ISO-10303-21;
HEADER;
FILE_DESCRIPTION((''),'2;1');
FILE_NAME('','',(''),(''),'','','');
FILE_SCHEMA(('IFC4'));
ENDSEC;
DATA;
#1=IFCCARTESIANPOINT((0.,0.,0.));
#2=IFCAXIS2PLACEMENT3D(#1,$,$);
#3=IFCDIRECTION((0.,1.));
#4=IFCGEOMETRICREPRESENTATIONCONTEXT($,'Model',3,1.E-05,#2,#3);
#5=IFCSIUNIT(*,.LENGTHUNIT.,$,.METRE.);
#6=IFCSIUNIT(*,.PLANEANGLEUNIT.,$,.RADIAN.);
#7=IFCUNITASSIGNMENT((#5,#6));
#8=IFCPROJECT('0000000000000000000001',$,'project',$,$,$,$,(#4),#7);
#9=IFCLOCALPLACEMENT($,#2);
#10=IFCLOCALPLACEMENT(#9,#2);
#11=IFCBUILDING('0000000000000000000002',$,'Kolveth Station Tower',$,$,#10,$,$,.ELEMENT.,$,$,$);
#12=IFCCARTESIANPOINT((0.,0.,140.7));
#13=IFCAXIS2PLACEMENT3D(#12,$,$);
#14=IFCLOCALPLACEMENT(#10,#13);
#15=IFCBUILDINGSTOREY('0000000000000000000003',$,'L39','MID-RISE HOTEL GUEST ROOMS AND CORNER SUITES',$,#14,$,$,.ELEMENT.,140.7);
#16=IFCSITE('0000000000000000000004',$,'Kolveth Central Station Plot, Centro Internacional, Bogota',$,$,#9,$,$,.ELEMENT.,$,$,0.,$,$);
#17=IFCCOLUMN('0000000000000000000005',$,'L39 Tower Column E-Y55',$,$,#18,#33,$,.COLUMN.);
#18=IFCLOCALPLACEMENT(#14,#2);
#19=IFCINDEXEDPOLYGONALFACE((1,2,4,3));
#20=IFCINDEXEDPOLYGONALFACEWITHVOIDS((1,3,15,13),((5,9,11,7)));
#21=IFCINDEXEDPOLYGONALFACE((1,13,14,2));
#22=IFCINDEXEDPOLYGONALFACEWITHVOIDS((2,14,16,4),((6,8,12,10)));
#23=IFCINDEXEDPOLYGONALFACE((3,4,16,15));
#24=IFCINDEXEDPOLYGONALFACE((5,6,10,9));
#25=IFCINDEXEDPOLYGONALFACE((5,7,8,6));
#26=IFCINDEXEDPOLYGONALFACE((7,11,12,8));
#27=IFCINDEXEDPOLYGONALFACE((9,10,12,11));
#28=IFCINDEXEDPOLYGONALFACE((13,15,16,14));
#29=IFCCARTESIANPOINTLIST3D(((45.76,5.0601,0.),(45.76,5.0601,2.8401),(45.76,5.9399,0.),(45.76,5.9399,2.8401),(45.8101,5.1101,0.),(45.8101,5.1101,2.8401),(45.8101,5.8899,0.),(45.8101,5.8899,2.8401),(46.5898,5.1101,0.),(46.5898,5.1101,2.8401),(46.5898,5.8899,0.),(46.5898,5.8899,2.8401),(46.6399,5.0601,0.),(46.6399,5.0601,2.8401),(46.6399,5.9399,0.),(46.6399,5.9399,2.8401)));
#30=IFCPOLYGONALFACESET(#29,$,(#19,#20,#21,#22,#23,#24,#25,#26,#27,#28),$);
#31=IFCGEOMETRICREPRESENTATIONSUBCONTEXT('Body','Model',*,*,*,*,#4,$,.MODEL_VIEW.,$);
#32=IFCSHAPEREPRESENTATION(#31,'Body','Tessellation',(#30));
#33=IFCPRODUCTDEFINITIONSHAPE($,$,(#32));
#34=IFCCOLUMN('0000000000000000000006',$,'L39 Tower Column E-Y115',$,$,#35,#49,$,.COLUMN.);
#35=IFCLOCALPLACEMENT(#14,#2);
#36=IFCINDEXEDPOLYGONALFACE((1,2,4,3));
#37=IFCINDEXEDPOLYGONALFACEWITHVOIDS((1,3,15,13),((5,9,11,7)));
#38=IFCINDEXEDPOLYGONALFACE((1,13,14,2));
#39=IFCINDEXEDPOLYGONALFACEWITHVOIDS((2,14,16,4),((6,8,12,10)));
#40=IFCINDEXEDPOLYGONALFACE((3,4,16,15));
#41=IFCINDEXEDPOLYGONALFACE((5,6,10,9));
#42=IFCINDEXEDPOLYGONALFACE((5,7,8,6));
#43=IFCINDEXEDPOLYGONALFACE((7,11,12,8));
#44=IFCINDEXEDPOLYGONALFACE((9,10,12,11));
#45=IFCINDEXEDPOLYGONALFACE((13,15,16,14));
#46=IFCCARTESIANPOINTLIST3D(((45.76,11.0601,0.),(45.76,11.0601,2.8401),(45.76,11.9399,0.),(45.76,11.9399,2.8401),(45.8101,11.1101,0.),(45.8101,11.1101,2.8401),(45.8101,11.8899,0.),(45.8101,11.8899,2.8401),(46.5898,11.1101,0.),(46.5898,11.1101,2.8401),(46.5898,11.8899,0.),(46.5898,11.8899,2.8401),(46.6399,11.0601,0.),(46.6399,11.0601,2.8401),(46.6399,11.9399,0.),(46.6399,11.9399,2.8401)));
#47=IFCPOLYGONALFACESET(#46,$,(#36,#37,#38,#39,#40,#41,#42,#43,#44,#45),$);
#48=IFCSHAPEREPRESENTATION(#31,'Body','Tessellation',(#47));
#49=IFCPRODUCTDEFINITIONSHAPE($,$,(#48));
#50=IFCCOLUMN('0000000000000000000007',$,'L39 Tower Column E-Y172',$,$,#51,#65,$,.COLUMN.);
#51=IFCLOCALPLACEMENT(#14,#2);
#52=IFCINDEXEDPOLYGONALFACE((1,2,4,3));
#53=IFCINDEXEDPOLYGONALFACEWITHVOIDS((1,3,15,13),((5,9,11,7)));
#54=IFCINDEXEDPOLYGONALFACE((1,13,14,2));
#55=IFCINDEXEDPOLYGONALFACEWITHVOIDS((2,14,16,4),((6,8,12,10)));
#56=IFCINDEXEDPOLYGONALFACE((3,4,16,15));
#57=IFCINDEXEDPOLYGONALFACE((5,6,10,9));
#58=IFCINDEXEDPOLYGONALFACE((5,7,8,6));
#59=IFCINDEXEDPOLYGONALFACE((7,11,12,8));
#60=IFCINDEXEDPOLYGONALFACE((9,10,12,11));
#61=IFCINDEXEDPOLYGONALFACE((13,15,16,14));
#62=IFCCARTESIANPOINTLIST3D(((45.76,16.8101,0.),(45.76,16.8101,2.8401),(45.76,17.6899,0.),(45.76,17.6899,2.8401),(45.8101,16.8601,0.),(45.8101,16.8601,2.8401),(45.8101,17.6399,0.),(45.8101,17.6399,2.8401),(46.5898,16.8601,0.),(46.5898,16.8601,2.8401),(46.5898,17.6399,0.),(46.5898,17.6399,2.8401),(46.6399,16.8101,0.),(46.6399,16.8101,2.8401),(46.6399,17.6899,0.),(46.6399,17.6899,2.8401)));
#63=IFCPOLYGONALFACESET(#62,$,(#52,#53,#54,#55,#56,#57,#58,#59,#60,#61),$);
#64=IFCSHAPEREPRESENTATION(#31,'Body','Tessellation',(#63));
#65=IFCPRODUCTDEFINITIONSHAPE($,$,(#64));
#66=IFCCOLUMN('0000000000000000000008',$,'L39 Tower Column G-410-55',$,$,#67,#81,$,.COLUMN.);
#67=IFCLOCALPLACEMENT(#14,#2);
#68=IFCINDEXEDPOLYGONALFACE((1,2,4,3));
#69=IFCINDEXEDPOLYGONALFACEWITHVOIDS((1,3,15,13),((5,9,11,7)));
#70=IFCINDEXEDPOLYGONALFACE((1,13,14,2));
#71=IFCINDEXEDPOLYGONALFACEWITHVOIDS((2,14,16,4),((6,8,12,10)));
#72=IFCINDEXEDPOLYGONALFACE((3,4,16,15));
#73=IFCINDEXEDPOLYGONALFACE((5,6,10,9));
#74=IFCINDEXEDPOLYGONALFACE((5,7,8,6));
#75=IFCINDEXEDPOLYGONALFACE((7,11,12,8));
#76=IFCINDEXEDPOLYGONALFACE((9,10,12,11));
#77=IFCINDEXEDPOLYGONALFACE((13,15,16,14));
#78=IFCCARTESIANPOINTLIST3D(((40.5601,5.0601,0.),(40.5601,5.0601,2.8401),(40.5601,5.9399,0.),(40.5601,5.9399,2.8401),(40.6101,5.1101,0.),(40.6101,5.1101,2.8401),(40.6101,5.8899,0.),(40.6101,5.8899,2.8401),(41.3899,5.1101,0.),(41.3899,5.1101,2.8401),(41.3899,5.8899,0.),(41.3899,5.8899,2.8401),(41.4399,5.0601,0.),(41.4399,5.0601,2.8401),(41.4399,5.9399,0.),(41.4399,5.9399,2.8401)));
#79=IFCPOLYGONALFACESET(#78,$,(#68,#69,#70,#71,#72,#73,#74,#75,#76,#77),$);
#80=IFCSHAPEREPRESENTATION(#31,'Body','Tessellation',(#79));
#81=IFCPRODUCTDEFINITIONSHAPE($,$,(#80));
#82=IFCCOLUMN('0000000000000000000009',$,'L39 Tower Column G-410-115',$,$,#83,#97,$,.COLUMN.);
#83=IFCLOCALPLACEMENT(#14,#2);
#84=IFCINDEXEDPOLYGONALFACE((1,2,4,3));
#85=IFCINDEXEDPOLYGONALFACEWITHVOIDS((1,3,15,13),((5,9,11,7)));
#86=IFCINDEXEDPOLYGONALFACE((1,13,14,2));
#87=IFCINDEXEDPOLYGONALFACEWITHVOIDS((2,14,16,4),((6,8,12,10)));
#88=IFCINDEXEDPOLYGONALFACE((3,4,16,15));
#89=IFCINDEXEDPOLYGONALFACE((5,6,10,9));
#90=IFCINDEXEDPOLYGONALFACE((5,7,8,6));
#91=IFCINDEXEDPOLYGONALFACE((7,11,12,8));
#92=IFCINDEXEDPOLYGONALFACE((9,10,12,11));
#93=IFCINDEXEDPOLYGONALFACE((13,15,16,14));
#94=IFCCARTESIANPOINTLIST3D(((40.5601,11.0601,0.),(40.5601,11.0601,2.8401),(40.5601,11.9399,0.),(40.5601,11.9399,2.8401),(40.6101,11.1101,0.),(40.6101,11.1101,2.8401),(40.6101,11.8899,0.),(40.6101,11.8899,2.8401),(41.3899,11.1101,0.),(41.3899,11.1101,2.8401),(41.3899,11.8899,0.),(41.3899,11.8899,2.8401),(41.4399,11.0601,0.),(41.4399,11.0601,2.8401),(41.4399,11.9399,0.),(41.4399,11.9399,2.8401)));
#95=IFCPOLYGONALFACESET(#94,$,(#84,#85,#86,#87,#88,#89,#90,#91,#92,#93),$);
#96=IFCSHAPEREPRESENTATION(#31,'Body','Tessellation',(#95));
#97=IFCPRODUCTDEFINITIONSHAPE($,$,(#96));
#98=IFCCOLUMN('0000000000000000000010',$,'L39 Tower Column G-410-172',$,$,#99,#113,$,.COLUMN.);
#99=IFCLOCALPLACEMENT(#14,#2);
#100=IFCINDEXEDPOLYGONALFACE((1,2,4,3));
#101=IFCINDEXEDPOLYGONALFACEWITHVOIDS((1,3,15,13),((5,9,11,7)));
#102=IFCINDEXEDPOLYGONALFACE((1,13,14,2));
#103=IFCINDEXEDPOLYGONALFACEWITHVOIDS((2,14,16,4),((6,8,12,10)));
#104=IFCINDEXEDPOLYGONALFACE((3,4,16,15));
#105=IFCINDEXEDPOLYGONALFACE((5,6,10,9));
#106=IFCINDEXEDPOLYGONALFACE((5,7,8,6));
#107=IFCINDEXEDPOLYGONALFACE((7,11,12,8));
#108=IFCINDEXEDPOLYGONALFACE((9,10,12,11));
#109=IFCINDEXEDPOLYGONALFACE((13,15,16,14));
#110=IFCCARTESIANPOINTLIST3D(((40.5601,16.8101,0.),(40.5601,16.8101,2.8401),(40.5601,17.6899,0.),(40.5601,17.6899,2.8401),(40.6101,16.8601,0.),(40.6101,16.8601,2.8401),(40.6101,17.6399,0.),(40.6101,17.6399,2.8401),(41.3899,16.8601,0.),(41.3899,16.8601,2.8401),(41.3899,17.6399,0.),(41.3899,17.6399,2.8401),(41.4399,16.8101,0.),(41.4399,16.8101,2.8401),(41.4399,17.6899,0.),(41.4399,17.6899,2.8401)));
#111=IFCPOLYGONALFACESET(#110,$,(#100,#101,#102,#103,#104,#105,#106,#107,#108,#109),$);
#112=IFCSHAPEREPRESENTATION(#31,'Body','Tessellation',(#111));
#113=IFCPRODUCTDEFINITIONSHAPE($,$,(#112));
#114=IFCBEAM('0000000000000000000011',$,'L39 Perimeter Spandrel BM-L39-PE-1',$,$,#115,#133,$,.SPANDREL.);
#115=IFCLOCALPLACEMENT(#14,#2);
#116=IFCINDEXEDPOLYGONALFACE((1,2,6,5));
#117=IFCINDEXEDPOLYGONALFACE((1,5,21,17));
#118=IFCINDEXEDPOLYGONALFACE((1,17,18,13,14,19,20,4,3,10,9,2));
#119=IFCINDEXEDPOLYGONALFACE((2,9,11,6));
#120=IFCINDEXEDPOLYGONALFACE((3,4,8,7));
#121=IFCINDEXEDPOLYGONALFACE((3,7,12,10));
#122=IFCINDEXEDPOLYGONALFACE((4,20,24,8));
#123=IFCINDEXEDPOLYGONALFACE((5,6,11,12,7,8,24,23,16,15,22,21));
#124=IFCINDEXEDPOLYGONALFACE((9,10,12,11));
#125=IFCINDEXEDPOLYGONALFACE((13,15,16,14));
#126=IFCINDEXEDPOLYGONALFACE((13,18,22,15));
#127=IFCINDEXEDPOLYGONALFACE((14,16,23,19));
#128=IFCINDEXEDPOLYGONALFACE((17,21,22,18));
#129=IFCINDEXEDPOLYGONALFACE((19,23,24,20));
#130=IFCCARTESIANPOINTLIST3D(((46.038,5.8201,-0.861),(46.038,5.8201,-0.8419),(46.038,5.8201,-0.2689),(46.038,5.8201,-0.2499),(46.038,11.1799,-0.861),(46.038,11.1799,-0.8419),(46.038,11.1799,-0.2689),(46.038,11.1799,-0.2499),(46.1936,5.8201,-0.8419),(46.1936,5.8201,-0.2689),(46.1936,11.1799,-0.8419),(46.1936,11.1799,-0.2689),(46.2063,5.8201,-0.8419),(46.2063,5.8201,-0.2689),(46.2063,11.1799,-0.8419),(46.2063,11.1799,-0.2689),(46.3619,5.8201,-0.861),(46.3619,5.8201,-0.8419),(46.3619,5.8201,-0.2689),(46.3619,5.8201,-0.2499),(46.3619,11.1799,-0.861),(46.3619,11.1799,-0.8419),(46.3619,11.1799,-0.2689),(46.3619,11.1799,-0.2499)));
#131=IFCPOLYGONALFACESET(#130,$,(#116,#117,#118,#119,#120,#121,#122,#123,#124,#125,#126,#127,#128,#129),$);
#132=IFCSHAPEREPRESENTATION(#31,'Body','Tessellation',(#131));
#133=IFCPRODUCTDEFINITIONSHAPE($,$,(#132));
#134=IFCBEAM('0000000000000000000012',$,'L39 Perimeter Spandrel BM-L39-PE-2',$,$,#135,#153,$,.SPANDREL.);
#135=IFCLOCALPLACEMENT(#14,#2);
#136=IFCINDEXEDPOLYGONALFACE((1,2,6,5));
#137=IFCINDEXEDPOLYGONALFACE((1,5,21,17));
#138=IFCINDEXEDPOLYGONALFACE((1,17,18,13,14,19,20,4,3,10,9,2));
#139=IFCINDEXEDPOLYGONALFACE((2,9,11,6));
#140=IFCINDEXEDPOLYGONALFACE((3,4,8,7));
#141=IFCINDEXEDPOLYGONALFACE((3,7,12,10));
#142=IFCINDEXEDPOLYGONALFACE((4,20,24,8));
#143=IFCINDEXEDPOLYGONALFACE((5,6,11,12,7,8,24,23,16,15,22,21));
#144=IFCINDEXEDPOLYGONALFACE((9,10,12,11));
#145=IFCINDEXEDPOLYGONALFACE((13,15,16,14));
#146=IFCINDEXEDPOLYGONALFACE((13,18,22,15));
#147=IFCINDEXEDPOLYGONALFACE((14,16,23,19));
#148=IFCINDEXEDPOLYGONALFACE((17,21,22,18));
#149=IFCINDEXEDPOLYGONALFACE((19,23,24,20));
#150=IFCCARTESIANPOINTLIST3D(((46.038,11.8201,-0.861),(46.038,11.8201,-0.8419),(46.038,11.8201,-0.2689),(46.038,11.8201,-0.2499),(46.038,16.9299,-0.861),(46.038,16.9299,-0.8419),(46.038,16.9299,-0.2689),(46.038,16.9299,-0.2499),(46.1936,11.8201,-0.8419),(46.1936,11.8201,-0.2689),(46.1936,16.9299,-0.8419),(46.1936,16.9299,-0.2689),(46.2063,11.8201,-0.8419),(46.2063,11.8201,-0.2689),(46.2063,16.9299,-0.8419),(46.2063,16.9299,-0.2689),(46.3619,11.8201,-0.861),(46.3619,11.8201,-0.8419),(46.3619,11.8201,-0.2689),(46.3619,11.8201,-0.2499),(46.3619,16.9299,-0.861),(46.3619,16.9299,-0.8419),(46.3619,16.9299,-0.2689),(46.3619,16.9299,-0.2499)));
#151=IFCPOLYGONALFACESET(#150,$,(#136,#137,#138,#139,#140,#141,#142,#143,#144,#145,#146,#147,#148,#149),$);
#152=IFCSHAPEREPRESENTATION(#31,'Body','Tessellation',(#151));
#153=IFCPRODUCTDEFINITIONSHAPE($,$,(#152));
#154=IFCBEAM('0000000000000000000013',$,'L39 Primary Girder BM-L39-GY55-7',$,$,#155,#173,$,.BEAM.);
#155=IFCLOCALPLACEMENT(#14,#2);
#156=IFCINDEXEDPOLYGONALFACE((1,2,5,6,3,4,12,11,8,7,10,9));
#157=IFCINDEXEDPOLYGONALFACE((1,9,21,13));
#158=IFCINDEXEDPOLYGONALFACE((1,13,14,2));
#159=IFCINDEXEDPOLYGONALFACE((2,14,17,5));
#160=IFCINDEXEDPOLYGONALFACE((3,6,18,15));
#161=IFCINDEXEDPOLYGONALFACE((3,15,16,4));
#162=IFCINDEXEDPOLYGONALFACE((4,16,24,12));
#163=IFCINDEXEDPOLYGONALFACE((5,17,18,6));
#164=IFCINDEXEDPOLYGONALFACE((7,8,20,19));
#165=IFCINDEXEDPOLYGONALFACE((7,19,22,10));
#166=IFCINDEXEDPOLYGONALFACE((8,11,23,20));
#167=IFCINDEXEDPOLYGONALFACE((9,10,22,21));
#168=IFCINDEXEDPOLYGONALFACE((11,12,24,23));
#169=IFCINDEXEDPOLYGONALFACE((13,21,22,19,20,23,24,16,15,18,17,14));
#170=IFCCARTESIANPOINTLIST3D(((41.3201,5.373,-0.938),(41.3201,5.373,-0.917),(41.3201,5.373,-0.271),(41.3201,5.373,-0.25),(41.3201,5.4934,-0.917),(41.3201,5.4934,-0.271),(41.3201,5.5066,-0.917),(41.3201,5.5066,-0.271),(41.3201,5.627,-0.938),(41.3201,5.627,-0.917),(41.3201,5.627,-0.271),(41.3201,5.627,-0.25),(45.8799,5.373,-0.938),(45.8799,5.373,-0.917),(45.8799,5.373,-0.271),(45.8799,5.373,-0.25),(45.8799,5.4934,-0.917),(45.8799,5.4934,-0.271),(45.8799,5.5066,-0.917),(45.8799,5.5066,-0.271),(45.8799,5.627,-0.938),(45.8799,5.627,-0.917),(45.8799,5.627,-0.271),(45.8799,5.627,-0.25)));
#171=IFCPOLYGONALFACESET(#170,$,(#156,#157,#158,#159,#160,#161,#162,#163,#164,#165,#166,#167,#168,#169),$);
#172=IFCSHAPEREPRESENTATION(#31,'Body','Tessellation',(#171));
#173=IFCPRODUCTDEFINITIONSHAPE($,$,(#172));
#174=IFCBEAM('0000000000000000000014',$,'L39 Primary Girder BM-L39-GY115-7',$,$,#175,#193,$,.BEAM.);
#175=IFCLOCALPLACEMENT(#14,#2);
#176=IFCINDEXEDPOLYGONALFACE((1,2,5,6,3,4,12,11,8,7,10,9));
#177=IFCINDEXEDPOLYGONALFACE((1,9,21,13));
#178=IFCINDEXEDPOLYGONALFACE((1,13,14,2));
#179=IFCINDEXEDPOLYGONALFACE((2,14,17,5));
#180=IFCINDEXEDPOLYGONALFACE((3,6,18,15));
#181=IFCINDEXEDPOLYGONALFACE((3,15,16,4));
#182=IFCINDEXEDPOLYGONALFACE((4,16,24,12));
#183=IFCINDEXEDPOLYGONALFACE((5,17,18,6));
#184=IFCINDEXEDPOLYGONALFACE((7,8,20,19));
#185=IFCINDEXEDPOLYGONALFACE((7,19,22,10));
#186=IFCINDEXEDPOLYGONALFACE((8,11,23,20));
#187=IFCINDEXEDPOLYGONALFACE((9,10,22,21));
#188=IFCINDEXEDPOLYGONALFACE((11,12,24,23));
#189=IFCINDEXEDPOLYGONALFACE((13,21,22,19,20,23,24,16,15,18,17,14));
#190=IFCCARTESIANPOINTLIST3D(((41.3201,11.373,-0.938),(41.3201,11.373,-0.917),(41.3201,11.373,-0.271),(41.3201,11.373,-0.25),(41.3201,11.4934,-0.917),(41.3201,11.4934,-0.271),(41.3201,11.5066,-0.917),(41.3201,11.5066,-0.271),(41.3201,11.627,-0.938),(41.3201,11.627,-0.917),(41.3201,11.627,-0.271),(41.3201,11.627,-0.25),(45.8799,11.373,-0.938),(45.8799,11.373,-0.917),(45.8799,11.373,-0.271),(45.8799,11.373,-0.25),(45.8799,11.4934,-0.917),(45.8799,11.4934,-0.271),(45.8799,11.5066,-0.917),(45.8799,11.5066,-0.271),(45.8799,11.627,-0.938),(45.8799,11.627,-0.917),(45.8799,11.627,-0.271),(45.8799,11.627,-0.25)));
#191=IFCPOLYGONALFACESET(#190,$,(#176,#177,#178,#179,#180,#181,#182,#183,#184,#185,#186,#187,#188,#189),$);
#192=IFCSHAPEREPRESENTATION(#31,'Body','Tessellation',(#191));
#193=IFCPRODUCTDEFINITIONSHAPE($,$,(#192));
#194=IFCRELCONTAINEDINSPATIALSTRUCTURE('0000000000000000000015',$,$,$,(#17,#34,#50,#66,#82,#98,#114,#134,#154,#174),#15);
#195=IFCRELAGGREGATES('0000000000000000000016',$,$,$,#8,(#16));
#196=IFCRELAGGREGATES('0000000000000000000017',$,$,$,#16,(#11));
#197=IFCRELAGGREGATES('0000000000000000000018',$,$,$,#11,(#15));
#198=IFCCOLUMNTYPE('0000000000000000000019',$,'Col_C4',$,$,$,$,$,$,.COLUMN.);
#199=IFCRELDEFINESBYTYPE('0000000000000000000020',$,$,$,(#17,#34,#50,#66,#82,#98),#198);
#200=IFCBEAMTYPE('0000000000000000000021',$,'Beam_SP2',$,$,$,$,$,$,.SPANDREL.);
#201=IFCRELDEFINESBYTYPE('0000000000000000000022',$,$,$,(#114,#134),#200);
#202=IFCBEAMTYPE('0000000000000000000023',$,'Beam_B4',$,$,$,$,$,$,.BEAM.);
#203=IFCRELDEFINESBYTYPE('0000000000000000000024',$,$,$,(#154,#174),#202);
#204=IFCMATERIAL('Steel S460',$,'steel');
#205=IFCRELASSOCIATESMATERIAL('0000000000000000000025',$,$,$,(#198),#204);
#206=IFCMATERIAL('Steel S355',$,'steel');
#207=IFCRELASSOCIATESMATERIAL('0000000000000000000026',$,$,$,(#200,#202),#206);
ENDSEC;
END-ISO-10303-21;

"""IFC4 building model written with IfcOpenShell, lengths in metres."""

from ifc_helpers import new_model, si_unit, direction, frame, origin, origin_2d, place, context, subcontext, project, spatial, hollow_rectangle, i_section, extrude, source, transform, mapped, material, material_profile, profile_set, type_object, element, save


model = new_model("IFC4")

# Units and contexts
model_context = context("Model", 3, precision=1e-05, world=origin(), true_north=direction((0.0, 1.0)))
body_context = subcontext(model_context, "Body", "Model", "MODEL_VIEW")
ifc_project = project(units=[si_unit("LENGTHUNIT", "METRE"), si_unit("PLANEANGLEUNIT", "RADIAN")], contexts=[model_context])

# Site, building, storey
site_placement = place(None, origin())
site = spatial("IfcSite", under=ifc_project, at=site_placement, Name="Kolveth Central Station Plot, Centro Internacional, Bogota", CompositionType="ELEMENT", RefElevation=0.0)
building_placement = place(site_placement, origin())
building = spatial("IfcBuilding", under=site, at=building_placement, Name="Kolveth Station Tower", CompositionType="ELEMENT")
storey_placement = place(building_placement, frame((0.0, 0.0, 140.7)))
storey = spatial("IfcBuildingStorey", under=building, at=storey_placement, Name="L39", Description="MID-RISE HOTEL GUEST ROOMS AND CORNER SUITES", CompositionType="ELEMENT", Elevation=140.7)

# Columns
ifc_material_1 = material(Name="Steel S460", Category="steel")
ifc_material_profile_1 = material_profile(ifc_material_1, hollow_rectangle(XDim=0.8799, YDim=0.8799, WallThickness=0.05, at=origin_2d()), Name="BOX880x880x50")
ifc_profile_set_1 = profile_set([ifc_material_profile_1], Name="Steel S460")
column_type = type_object("IfcColumnType", Name="Col_C4", PredefinedType="COLUMN", material=ifc_profile_set_1)
shared_shape_1 = source(origin(), body_context, "Body", "SweptSolid", [
    extrude(hollow_rectangle(XDim=0.8799, YDim=0.8799, WallThickness=0.05, at=origin_2d()), origin(), (0.0, 0.0, 1.0), 2.8401),
])
for number, where, z_axis, x_axis, name in (
    (1, (46.2, 5.5, 0.0), (0.0, 0.0, 1.0), (1.0, 0.0, 0.0), "L39 Tower Column E-Y55"),
    (2, (46.2, 11.5, 0.0), (0.0, 0.0, 1.0), (1.0, 0.0, 0.0), "L39 Tower Column E-Y115"),
    (3, (46.2, 17.25, 0.0), (0.0, 0.0, 1.0), (1.0, 0.0, 0.0), "L39 Tower Column E-Y172"),
    (4, (41.0, 5.5, 0.0), (0.0, 0.0, 1.0), (1.0, 0.0, 0.0), "L39 Tower Column G-410-55"),
    (5, (41.0, 11.5, 0.0), (0.0, 0.0, 1.0), (1.0, 0.0, 0.0), "L39 Tower Column G-410-115"),
    (6, (41.0, 17.25, 0.0), (0.0, 0.0, 1.0), (1.0, 0.0, 0.0), "L39 Tower Column G-410-172"),
):
    element("IfcColumn", number, at=place(storey_placement, frame(where, z_axis=z_axis, x_axis=x_axis)), inside=storey, type_object=column_type, Name=name, PredefinedType="COLUMN", context=body_context, shape_type="MappedRepresentation", body=[
        mapped(shared_shape_1, transform((0.0, 0.0, 0.0), x_axis=(1.0, 0.0, 0.0), y_axis=(0.0, 1.0, 0.0), z_axis=(0.0, 0.0, 1.0), scale=1.0)),
    ])

# Beams
ifc_material_2 = material(Name="Steel S355", Category="steel")
ifc_material_profile_2 = material_profile(ifc_material_2, i_section(OverallWidth=0.324, OverallDepth=0.6111, WebThickness=0.0127, FlangeThickness=0.019, at=origin_2d()), Name="W610x155")
ifc_profile_set_2 = profile_set([ifc_material_profile_2], Name="Steel S355")
beam_type_1 = type_object("IfcBeamType", Name="Beam_SP2", PredefinedType="SPANDREL", material=ifc_profile_set_2)
shared_shape_2 = source(origin(), body_context, "Body", "SweptSolid", [
    extrude(i_section(OverallWidth=0.324, OverallDepth=0.6111, WebThickness=0.0127, FlangeThickness=0.019, at=origin_2d()), origin(), (0.0, 0.0, 1.0), 5.3599),
])
beam_1_placement = place(storey_placement, frame((46.2, 5.8201, -0.5554), z_axis=(0.0, 1.0, 0.0), x_axis=(-1.0, 0.0, 0.0)))
element("IfcBeam", 7, at=beam_1_placement, inside=storey, type_object=beam_type_1, Name="L39 Perimeter Spandrel BM-L39-PE-1", PredefinedType="SPANDREL", context=body_context, shape_type="MappedRepresentation", body=[
    mapped(shared_shape_2, transform((0.0, 0.0, 0.0), x_axis=(1.0, 0.0, 0.0), y_axis=(0.0, 1.0, 0.0), z_axis=(0.0, 0.0, 1.0), scale=1.0)),
])
shared_shape_3 = source(origin(), body_context, "Body", "SweptSolid", [
    extrude(i_section(OverallWidth=0.324, OverallDepth=0.6111, WebThickness=0.0127, FlangeThickness=0.019, at=origin_2d()), origin(), (0.0, 0.0, 1.0), 5.1099),
])
beam_2_placement = place(storey_placement, frame((46.2, 11.8201, -0.5554), z_axis=(0.0, 1.0, 0.0), x_axis=(-1.0, 0.0, 0.0)))
element("IfcBeam", 8, at=beam_2_placement, inside=storey, type_object=beam_type_1, Name="L39 Perimeter Spandrel BM-L39-PE-2", PredefinedType="SPANDREL", context=body_context, shape_type="MappedRepresentation", body=[
    mapped(shared_shape_3, transform((0.0, 0.0, 0.0), x_axis=(1.0, 0.0, 0.0), y_axis=(0.0, 1.0, 0.0), z_axis=(0.0, 0.0, 1.0), scale=1.0)),
])
ifc_material_profile_3 = material_profile(ifc_material_2, i_section(OverallWidth=0.2539, OverallDepth=0.688, WebThickness=0.0132, FlangeThickness=0.021, at=origin_2d()), Name="W690x152")
ifc_profile_set_3 = profile_set([ifc_material_profile_3], Name="Steel S355")
beam_type_2 = type_object("IfcBeamType", Name="Beam_B4", PredefinedType="BEAM", material=ifc_profile_set_3)
shared_shape_4 = source(origin(), body_context, "Body", "SweptSolid", [
    extrude(i_section(OverallWidth=0.2539, OverallDepth=0.688, WebThickness=0.0132, FlangeThickness=0.021, at=origin_2d()), origin(), (0.0, 0.0, 1.0), 4.5598),
])
for number, where, z_axis, x_axis, name in (
    (9, (41.3201, 5.5, -0.594), (1.0, 0.0, 0.0), (0.0, 1.0, 0.0), "L39 Primary Girder BM-L39-GY55-7"),
    (10, (41.3201, 11.5, -0.594), (1.0, 0.0, 0.0), (0.0, 1.0, 0.0), "L39 Primary Girder BM-L39-GY115-7"),
):
    element("IfcBeam", number, at=place(storey_placement, frame(where, z_axis=z_axis, x_axis=x_axis)), inside=storey, type_object=beam_type_2, Name=name, PredefinedType="BEAM", context=body_context, shape_type="MappedRepresentation", body=[
        mapped(shared_shape_4, transform((0.0, 0.0, 0.0), x_axis=(1.0, 0.0, 0.0), y_axis=(0.0, 1.0, 0.0), z_axis=(0.0, 0.0, 1.0), scale=1.0)),
    ])

save(model, "model.ifc")
